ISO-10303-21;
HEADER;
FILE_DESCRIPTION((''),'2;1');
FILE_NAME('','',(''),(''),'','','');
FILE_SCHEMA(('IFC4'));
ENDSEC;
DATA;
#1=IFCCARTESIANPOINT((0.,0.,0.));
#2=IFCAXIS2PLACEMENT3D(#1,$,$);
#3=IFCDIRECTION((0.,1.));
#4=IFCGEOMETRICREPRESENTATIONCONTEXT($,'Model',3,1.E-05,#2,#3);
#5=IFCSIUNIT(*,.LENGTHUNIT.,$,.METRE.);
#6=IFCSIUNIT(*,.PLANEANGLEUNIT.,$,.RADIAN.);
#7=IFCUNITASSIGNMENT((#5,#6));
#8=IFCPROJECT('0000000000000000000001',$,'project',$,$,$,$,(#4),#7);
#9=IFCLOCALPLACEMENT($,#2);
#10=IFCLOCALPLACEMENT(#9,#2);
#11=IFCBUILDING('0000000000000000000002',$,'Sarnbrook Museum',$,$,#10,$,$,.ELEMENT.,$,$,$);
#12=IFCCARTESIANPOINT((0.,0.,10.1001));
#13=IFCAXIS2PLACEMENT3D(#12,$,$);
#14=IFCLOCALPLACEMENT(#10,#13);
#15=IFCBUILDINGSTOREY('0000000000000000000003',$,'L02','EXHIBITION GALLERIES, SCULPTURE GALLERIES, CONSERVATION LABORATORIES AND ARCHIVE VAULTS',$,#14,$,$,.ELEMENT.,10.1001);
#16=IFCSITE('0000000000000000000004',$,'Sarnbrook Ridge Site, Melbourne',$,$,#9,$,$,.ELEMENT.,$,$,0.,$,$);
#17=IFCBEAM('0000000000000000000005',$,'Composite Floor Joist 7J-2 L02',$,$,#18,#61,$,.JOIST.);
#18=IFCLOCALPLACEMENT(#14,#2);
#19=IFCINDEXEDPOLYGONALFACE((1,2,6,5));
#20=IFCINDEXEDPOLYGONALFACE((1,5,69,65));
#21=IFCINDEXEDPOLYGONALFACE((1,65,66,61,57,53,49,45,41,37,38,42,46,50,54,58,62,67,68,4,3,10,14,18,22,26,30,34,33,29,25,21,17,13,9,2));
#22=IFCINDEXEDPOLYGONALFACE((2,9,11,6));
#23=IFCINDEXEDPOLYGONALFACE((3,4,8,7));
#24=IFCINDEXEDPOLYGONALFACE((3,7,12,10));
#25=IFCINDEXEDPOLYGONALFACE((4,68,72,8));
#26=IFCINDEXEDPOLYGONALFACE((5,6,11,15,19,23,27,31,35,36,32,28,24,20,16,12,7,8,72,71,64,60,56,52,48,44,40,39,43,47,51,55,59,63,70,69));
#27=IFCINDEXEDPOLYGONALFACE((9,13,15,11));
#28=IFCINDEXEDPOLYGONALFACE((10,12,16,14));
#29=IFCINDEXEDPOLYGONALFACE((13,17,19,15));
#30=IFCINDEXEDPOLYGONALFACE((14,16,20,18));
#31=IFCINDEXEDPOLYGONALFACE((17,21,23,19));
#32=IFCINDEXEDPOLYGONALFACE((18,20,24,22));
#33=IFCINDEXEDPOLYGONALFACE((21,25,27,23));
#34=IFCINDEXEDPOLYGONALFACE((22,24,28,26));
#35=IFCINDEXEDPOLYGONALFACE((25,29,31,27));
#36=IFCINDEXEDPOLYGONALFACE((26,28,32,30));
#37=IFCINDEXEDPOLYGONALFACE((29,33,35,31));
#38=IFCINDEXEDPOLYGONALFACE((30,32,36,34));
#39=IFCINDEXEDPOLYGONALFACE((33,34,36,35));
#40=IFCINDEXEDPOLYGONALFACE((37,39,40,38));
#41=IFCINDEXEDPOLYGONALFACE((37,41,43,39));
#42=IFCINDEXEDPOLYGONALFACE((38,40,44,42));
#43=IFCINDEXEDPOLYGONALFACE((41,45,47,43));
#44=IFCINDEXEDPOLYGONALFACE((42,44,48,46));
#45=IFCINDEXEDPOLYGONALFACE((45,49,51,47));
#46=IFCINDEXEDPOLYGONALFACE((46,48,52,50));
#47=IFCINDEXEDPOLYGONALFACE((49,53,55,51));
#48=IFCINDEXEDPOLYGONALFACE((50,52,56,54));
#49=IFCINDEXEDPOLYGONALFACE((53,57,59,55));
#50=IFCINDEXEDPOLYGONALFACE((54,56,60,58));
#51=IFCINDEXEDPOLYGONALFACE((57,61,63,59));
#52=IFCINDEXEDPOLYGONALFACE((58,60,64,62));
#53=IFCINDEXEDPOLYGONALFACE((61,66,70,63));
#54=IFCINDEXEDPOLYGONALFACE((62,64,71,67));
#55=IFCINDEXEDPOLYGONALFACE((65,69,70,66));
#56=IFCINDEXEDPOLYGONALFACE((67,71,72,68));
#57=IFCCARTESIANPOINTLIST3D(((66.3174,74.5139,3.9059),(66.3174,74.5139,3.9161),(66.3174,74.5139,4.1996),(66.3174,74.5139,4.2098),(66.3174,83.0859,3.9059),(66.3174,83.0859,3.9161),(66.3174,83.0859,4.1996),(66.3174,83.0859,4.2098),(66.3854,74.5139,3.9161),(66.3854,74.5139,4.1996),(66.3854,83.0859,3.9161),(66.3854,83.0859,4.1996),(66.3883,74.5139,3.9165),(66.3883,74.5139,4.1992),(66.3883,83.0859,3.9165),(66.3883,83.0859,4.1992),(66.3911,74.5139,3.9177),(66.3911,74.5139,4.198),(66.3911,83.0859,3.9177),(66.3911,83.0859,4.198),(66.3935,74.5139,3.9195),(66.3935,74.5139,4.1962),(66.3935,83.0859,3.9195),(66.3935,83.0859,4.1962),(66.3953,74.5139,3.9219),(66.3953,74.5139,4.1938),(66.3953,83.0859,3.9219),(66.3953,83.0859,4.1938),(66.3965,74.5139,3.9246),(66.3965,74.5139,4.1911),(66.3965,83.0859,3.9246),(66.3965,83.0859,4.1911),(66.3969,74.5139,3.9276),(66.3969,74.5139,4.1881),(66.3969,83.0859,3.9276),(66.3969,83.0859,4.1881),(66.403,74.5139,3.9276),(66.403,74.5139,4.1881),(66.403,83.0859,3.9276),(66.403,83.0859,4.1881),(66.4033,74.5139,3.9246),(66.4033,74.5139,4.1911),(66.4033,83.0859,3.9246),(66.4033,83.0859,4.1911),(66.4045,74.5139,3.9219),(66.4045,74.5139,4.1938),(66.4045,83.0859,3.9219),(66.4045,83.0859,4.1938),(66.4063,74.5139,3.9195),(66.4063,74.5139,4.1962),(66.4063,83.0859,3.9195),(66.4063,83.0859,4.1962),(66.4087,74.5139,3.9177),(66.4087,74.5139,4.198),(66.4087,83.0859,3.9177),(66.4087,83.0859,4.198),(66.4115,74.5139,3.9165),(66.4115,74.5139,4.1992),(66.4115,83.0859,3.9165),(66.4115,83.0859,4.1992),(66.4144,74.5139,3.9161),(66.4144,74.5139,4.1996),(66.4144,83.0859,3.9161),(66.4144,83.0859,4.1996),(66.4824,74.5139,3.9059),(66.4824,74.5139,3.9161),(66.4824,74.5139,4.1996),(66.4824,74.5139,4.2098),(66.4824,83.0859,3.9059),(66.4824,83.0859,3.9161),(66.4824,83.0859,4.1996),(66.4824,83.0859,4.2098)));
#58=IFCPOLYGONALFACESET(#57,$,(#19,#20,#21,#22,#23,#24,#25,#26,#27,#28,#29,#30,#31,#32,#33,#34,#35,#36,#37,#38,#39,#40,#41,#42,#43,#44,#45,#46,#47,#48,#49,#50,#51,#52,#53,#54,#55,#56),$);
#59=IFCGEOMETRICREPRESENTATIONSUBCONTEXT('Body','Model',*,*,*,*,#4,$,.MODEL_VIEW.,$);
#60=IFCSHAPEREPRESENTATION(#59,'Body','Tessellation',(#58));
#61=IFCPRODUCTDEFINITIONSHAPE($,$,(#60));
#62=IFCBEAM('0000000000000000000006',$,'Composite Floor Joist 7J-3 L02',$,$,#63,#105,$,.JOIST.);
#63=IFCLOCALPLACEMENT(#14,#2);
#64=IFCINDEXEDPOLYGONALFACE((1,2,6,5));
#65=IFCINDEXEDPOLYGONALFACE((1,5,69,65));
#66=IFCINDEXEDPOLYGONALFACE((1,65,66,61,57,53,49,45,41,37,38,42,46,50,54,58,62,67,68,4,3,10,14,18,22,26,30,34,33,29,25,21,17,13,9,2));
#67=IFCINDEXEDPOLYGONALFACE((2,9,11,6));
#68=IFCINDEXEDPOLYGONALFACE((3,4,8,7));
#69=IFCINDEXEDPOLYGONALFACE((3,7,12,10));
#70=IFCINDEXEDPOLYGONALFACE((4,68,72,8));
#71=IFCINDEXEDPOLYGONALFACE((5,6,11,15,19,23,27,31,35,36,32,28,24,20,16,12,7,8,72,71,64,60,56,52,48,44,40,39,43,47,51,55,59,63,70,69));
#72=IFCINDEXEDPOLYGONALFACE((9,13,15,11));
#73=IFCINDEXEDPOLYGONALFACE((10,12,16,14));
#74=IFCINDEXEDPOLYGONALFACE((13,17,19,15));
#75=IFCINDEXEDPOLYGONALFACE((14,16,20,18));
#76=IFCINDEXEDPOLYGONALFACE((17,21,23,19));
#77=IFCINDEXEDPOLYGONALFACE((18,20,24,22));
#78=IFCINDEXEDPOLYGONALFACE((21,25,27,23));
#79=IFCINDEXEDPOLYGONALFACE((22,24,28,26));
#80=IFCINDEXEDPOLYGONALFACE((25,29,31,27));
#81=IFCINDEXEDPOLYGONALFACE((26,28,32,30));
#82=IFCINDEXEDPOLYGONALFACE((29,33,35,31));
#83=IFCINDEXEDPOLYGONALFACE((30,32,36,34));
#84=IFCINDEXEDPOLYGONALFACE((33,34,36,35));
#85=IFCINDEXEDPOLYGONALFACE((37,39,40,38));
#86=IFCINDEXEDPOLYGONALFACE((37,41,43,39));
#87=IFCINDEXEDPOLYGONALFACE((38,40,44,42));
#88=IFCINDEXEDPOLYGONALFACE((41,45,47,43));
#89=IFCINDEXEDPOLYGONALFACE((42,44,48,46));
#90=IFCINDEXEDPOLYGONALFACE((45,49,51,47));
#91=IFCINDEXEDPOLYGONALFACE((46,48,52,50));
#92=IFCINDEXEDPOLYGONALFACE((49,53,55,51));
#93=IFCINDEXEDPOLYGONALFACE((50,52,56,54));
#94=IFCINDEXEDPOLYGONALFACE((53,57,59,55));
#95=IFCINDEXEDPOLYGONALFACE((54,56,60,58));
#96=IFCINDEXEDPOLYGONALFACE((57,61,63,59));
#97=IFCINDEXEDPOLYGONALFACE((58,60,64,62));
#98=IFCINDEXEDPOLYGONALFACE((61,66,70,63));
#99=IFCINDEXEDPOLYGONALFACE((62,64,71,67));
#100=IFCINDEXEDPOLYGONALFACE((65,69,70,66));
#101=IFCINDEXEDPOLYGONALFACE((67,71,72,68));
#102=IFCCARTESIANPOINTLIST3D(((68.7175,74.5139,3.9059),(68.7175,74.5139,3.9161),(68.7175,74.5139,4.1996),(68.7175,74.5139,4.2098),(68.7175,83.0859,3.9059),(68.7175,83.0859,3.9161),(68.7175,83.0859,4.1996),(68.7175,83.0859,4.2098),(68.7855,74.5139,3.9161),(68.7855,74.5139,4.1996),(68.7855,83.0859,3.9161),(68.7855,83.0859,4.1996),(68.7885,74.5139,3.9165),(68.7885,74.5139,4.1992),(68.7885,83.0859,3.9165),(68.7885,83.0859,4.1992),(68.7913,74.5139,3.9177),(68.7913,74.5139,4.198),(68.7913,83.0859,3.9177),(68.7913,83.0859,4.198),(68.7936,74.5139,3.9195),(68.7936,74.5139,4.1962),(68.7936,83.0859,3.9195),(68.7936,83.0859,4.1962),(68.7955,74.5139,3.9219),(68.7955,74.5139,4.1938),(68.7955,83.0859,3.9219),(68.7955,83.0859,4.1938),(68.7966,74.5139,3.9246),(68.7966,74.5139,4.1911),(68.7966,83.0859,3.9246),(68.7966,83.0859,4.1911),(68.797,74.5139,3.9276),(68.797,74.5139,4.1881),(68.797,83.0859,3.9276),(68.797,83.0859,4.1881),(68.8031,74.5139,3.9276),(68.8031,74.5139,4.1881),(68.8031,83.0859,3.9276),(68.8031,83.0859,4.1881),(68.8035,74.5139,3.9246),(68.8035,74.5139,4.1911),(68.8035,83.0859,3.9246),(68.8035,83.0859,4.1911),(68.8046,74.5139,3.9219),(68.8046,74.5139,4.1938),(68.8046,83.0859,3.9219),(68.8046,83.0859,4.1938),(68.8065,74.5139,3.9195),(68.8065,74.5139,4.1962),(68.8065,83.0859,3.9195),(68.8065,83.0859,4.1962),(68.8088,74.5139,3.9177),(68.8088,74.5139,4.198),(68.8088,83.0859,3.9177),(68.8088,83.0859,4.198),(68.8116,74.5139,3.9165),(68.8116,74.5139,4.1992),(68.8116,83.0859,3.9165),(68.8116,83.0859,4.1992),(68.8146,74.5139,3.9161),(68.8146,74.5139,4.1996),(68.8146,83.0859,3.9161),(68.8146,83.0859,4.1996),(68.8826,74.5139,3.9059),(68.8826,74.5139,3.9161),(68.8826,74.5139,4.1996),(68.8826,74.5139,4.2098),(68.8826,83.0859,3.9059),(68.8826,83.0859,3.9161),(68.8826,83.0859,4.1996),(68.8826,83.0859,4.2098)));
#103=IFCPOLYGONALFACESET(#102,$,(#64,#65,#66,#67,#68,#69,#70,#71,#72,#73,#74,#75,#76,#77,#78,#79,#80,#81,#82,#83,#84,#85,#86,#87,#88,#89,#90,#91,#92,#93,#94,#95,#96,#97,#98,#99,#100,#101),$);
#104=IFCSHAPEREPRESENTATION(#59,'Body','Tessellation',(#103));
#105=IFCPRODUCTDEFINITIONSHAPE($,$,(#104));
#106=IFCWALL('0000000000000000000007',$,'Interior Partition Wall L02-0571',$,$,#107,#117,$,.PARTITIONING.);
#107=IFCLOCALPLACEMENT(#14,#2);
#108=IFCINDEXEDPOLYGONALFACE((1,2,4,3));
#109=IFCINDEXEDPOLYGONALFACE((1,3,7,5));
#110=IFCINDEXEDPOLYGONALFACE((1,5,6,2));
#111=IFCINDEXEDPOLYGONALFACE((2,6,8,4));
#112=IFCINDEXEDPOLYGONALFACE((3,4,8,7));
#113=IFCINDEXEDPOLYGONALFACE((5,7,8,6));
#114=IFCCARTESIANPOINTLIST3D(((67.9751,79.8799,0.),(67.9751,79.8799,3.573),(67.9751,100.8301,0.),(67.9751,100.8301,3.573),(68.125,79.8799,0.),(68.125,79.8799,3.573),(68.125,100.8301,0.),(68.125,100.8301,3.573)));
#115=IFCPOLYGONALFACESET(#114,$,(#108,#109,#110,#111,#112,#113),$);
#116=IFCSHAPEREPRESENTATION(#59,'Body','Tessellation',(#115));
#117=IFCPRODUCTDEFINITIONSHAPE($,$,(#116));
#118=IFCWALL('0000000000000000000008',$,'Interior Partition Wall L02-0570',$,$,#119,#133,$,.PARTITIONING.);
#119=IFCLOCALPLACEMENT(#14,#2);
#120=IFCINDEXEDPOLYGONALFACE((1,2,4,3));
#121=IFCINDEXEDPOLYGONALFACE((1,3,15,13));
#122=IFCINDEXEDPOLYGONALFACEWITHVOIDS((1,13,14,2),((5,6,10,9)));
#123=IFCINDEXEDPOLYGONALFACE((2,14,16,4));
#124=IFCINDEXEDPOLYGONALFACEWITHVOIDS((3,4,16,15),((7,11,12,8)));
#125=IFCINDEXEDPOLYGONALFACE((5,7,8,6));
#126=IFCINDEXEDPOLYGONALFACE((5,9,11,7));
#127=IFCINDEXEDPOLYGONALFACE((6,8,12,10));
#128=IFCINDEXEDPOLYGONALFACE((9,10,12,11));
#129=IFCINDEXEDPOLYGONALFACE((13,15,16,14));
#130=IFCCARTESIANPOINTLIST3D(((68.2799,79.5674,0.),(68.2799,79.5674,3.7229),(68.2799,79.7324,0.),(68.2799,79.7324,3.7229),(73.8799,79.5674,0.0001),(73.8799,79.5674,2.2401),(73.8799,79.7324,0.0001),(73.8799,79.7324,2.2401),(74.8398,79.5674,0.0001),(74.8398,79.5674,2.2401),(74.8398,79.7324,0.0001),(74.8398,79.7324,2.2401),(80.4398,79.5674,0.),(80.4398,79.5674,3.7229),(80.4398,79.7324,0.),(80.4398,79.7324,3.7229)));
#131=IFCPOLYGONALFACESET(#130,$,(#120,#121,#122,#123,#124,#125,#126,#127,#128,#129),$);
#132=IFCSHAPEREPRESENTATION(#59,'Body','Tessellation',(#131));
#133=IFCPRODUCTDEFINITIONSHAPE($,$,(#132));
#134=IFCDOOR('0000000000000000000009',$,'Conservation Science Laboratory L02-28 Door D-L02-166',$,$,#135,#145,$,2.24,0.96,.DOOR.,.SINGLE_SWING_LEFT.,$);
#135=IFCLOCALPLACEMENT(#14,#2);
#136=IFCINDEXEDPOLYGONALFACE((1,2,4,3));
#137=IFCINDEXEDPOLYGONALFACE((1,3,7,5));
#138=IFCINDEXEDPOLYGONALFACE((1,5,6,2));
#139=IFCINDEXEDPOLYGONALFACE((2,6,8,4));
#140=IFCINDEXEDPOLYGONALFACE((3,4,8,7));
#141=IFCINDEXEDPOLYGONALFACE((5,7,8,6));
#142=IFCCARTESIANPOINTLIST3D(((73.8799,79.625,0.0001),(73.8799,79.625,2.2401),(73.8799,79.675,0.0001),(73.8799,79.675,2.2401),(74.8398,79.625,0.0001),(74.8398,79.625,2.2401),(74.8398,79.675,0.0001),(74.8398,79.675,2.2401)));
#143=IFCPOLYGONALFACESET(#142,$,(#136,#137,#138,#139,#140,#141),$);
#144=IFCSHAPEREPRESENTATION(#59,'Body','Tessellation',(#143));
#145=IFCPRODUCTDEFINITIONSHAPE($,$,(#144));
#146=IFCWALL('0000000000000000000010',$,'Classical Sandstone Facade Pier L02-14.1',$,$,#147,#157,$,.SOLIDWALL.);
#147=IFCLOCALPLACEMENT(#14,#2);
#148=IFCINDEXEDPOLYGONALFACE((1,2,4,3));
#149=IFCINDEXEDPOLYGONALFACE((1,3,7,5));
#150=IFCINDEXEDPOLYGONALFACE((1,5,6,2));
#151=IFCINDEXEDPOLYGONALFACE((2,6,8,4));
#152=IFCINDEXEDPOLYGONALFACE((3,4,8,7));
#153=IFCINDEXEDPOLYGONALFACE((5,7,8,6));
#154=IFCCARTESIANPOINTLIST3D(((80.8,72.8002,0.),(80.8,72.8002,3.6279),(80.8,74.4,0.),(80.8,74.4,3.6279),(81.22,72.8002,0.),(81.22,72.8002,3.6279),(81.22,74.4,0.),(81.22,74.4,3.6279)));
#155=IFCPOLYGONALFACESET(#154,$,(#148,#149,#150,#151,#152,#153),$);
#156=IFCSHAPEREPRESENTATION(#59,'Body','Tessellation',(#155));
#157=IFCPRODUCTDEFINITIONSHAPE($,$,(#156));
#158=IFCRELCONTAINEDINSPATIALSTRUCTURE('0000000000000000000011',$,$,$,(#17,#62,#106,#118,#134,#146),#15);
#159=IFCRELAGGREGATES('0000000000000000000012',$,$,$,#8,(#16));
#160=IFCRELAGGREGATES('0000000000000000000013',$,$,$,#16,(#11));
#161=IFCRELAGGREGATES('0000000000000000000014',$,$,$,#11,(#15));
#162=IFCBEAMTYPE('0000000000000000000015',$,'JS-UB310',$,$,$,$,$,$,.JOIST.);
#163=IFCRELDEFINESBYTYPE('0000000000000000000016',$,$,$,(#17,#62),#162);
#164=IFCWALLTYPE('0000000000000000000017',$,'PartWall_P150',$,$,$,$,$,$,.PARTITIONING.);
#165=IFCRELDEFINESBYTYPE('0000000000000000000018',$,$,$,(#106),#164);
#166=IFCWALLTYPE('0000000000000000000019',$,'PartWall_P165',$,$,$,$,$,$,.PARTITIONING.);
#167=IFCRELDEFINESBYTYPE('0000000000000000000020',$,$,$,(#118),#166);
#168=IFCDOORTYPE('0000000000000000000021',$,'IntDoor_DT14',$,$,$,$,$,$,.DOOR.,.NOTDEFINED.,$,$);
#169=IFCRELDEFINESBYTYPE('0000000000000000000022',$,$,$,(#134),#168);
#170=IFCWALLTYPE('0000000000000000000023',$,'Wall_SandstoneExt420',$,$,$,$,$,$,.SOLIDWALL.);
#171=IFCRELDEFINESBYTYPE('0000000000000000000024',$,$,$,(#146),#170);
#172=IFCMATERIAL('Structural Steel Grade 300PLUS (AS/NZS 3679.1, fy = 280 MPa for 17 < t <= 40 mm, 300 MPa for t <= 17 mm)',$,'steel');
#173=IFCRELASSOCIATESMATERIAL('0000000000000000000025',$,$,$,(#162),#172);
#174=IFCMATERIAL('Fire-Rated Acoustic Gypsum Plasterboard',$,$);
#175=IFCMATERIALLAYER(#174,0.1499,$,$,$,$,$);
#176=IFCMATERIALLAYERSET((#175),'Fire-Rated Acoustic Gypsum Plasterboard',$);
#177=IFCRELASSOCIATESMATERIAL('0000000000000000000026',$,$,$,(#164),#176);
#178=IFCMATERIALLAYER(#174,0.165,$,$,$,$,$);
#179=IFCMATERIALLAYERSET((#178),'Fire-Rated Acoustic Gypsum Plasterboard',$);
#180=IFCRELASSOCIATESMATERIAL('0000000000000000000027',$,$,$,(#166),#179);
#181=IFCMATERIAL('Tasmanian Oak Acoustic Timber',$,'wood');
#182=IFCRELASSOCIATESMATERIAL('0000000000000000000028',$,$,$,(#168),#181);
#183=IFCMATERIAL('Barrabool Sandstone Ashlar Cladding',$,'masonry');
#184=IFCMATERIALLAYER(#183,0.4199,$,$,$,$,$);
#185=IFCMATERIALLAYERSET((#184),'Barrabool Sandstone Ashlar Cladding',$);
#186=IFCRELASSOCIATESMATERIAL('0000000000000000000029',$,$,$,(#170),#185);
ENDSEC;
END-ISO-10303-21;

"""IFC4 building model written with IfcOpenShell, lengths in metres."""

from ifc_helpers import new_model, si_unit, direction, frame, frame_2d, origin, origin_2d, place, context, subcontext, project, spatial, rectangle, i_section, extrude, material, layer, layer_set, material_profile, profile_set, type_object, element, fill, save


model = new_model("IFC4")

# Units and contexts
model_context = context("Model", 3, precision=1e-05, world=origin(), true_north=direction((0.0, 1.0)))
body_context = subcontext(model_context, "Body", "Model", "MODEL_VIEW")
ifc_project = project(units=[si_unit("LENGTHUNIT", "METRE"), si_unit("PLANEANGLEUNIT", "RADIAN")], contexts=[model_context])

# Site, building, storey
site_placement = place(None, origin())
site = spatial("IfcSite", under=ifc_project, at=site_placement, Name="Sarnbrook Ridge Site, Melbourne", CompositionType="ELEMENT", RefElevation=0.0)
building_placement = place(site_placement, origin())
building = spatial("IfcBuilding", under=site, at=building_placement, Name="Sarnbrook Museum", CompositionType="ELEMENT")
storey_placement = place(building_placement, frame((0.0, 0.0, 10.1001)))
storey = spatial("IfcBuildingStorey", under=building, at=storey_placement, Name="L02", Description="EXHIBITION GALLERIES, SCULPTURE GALLERIES, CONSERVATION LABORATORIES AND ARCHIVE VAULTS", CompositionType="ELEMENT", Elevation=10.1001)

# Shared definitions
ifc_material_1 = material(Name="Structural Steel Grade 300PLUS (AS/NZS 3679.1, fy = 280 MPa for 17 < t <= 40 mm, 300 MPa for t <= 17 mm)", Category="steel")

# Beams
ifc_material_profile_1 = material_profile(ifc_material_1, i_section(OverallWidth=0.165, OverallDepth=0.304, WebThickness=0.0061, FlangeThickness=0.0103, FilletRadius=0.0115, at=origin_2d()), Name="310UB40.4")
ifc_profile_set_1 = profile_set([ifc_material_profile_1], Name="Structural Steel Grade 300PLUS (AS/NZS 3679.1, fy = 280 MPa for 17 < t <= 40 mm, 300 MPa for t <= 17 mm)")
beam_type_1 = type_object("IfcBeamType", Name="JS-UB310", PredefinedType="JOIST", material=ifc_profile_set_1)
for number, where, z_axis, x_axis, name in (
    (1, (66.3999, 74.5139, 4.0579), (0.0, 1.0, 0.0), (-1.0, 0.0, 0.0), "Composite Floor Joist 7J-2 L02"),
    (2, (68.8, 74.5139, 4.0579), (0.0, 1.0, 0.0), (-1.0, 0.0, 0.0), "Composite Floor Joist 7J-3 L02"),
):
    element("IfcBeam", number, at=place(storey_placement, frame(where, z_axis=z_axis, x_axis=x_axis)), inside=storey, type_object=beam_type_1, Name=name, PredefinedType="JOIST", context=body_context, shape_type="SweptSolid", body=[
        extrude(i_section(OverallWidth=0.165, OverallDepth=0.304, WebThickness=0.0061, FlangeThickness=0.0103, FilletRadius=0.0115, at=origin_2d()), origin(), (0.0, 0.0, 1.0), 8.572),
    ])

# Wall
ifc_material_2 = material(Name="Fire-Rated Acoustic Gypsum Plasterboard")
ifc_layer_1 = layer(ifc_material_2, 0.1499)
ifc_layer_set_1 = layer_set([ifc_layer_1], Name="Fire-Rated Acoustic Gypsum Plasterboard")
wall_type_1 = type_object("IfcWallType", Name="PartWall_P150", PredefinedType="PARTITIONING", material=ifc_layer_set_1)
wall_1_placement = place(storey_placement, frame((68.05, 79.8799, 0.0), z_axis=(0.0, 0.0, 1.0), x_axis=(0.0, 1.0, 0.0)))
element("IfcWall", 3, at=wall_1_placement, inside=storey, type_object=wall_type_1, Name="Interior Partition Wall L02-0571", PredefinedType="PARTITIONING", context=body_context, shape_type="SweptSolid", body=[
    extrude(rectangle(XDim=20.9502, YDim=0.1499, at=frame_2d((10.4751, 0.0))), origin(), (0.0, 0.0, 1.0), 3.573),
])

# Wall, opening, door
ifc_layer_2 = layer(ifc_material_2, 0.165)
ifc_layer_set_2 = layer_set([ifc_layer_2], Name="Fire-Rated Acoustic Gypsum Plasterboard")
wall_type_2 = type_object("IfcWallType", Name="PartWall_P165", PredefinedType="PARTITIONING", material=ifc_layer_set_2)
wall_2_placement = place(storey_placement, frame((80.4399, 79.6499, 0.0), z_axis=(0.0, 0.0, 1.0), x_axis=(-1.0, 0.0, 0.0)))
wall_2 = element("IfcWall", 4, at=wall_2_placement, inside=storey, type_object=wall_type_2, Name="Interior Partition Wall L02-0570", PredefinedType="PARTITIONING", context=body_context, shape_type="SweptSolid", body=[
    extrude(rectangle(XDim=12.1599, YDim=0.165, at=frame_2d((6.0801, 0.0))), origin(), (0.0, 0.0, 1.0), 3.7229),
])
opening_placement = place(wall_2_placement, frame((5.6001, 0.0, 0.0)))
opening = element("IfcOpeningElement", 5, at=opening_placement, cuts=wall_2, PredefinedType="OPENING", context=body_context, shape_type="SweptSolid", body=[
    extrude(rectangle(XDim=0.96, YDim=2.24, at=frame_2d((0.48, 1.1201))), frame((0.0, 0.0925, 0.0), z_axis=(0.0, -1.0, 0.0), x_axis=(1.0, 0.0, 0.0)), (0.0, 0.0, 1.0), 0.1851),
])
ifc_material_3 = material(Name="Tasmanian Oak Acoustic Timber", Category="wood")
door_type = type_object("IfcDoorType", Name="IntDoor_DT14", OperationType="NOTDEFINED", PredefinedType="DOOR", material=ifc_material_3)
door_placement = place(opening_placement, origin())
door = element("IfcDoor", 6, at=door_placement, inside=storey, type_object=door_type, Name="Conservation Science Laboratory L02-28 Door D-L02-166", OperationType="SINGLE_SWING_LEFT", OverallHeight=2.24, OverallWidth=0.96, PredefinedType="DOOR", context=body_context, shape_type="SweptSolid", body=[
    extrude(rectangle(XDim=0.96, YDim=2.24, at=frame_2d((0.48, 1.1201))), frame((0.0, 0.0249, 0.0), z_axis=(0.0, -1.0, 0.0), x_axis=(1.0, 0.0, 0.0)), (0.0, 0.0, 1.0), 0.05),
])
fill(opening, door)

# Wall
ifc_material_4 = material(Name="Barrabool Sandstone Ashlar Cladding", Category="masonry")
ifc_layer_3 = layer(ifc_material_4, 0.4199)
ifc_layer_set_3 = layer_set([ifc_layer_3], Name="Barrabool Sandstone Ashlar Cladding")
wall_type_3 = type_object("IfcWallType", Name="Wall_SandstoneExt420", PredefinedType="SOLIDWALL", material=ifc_layer_set_3)
wall_3_placement = place(storey_placement, frame((81.01, 74.3999, 0.0), z_axis=(0.0, 0.0, 1.0), x_axis=(0.0, -1.0, 0.0)))
element("IfcWall", 7, at=wall_3_placement, inside=storey, type_object=wall_type_3, Name="Classical Sandstone Facade Pier L02-14.1", PredefinedType="SOLIDWALL", context=body_context, shape_type="SweptSolid", body=[
    extrude(rectangle(XDim=1.5999, YDim=0.4199, at=frame_2d((0.7998, 0.0))), origin(), (0.0, 0.0, 1.0), 3.6279),
])

save(model, "model.ifc")
